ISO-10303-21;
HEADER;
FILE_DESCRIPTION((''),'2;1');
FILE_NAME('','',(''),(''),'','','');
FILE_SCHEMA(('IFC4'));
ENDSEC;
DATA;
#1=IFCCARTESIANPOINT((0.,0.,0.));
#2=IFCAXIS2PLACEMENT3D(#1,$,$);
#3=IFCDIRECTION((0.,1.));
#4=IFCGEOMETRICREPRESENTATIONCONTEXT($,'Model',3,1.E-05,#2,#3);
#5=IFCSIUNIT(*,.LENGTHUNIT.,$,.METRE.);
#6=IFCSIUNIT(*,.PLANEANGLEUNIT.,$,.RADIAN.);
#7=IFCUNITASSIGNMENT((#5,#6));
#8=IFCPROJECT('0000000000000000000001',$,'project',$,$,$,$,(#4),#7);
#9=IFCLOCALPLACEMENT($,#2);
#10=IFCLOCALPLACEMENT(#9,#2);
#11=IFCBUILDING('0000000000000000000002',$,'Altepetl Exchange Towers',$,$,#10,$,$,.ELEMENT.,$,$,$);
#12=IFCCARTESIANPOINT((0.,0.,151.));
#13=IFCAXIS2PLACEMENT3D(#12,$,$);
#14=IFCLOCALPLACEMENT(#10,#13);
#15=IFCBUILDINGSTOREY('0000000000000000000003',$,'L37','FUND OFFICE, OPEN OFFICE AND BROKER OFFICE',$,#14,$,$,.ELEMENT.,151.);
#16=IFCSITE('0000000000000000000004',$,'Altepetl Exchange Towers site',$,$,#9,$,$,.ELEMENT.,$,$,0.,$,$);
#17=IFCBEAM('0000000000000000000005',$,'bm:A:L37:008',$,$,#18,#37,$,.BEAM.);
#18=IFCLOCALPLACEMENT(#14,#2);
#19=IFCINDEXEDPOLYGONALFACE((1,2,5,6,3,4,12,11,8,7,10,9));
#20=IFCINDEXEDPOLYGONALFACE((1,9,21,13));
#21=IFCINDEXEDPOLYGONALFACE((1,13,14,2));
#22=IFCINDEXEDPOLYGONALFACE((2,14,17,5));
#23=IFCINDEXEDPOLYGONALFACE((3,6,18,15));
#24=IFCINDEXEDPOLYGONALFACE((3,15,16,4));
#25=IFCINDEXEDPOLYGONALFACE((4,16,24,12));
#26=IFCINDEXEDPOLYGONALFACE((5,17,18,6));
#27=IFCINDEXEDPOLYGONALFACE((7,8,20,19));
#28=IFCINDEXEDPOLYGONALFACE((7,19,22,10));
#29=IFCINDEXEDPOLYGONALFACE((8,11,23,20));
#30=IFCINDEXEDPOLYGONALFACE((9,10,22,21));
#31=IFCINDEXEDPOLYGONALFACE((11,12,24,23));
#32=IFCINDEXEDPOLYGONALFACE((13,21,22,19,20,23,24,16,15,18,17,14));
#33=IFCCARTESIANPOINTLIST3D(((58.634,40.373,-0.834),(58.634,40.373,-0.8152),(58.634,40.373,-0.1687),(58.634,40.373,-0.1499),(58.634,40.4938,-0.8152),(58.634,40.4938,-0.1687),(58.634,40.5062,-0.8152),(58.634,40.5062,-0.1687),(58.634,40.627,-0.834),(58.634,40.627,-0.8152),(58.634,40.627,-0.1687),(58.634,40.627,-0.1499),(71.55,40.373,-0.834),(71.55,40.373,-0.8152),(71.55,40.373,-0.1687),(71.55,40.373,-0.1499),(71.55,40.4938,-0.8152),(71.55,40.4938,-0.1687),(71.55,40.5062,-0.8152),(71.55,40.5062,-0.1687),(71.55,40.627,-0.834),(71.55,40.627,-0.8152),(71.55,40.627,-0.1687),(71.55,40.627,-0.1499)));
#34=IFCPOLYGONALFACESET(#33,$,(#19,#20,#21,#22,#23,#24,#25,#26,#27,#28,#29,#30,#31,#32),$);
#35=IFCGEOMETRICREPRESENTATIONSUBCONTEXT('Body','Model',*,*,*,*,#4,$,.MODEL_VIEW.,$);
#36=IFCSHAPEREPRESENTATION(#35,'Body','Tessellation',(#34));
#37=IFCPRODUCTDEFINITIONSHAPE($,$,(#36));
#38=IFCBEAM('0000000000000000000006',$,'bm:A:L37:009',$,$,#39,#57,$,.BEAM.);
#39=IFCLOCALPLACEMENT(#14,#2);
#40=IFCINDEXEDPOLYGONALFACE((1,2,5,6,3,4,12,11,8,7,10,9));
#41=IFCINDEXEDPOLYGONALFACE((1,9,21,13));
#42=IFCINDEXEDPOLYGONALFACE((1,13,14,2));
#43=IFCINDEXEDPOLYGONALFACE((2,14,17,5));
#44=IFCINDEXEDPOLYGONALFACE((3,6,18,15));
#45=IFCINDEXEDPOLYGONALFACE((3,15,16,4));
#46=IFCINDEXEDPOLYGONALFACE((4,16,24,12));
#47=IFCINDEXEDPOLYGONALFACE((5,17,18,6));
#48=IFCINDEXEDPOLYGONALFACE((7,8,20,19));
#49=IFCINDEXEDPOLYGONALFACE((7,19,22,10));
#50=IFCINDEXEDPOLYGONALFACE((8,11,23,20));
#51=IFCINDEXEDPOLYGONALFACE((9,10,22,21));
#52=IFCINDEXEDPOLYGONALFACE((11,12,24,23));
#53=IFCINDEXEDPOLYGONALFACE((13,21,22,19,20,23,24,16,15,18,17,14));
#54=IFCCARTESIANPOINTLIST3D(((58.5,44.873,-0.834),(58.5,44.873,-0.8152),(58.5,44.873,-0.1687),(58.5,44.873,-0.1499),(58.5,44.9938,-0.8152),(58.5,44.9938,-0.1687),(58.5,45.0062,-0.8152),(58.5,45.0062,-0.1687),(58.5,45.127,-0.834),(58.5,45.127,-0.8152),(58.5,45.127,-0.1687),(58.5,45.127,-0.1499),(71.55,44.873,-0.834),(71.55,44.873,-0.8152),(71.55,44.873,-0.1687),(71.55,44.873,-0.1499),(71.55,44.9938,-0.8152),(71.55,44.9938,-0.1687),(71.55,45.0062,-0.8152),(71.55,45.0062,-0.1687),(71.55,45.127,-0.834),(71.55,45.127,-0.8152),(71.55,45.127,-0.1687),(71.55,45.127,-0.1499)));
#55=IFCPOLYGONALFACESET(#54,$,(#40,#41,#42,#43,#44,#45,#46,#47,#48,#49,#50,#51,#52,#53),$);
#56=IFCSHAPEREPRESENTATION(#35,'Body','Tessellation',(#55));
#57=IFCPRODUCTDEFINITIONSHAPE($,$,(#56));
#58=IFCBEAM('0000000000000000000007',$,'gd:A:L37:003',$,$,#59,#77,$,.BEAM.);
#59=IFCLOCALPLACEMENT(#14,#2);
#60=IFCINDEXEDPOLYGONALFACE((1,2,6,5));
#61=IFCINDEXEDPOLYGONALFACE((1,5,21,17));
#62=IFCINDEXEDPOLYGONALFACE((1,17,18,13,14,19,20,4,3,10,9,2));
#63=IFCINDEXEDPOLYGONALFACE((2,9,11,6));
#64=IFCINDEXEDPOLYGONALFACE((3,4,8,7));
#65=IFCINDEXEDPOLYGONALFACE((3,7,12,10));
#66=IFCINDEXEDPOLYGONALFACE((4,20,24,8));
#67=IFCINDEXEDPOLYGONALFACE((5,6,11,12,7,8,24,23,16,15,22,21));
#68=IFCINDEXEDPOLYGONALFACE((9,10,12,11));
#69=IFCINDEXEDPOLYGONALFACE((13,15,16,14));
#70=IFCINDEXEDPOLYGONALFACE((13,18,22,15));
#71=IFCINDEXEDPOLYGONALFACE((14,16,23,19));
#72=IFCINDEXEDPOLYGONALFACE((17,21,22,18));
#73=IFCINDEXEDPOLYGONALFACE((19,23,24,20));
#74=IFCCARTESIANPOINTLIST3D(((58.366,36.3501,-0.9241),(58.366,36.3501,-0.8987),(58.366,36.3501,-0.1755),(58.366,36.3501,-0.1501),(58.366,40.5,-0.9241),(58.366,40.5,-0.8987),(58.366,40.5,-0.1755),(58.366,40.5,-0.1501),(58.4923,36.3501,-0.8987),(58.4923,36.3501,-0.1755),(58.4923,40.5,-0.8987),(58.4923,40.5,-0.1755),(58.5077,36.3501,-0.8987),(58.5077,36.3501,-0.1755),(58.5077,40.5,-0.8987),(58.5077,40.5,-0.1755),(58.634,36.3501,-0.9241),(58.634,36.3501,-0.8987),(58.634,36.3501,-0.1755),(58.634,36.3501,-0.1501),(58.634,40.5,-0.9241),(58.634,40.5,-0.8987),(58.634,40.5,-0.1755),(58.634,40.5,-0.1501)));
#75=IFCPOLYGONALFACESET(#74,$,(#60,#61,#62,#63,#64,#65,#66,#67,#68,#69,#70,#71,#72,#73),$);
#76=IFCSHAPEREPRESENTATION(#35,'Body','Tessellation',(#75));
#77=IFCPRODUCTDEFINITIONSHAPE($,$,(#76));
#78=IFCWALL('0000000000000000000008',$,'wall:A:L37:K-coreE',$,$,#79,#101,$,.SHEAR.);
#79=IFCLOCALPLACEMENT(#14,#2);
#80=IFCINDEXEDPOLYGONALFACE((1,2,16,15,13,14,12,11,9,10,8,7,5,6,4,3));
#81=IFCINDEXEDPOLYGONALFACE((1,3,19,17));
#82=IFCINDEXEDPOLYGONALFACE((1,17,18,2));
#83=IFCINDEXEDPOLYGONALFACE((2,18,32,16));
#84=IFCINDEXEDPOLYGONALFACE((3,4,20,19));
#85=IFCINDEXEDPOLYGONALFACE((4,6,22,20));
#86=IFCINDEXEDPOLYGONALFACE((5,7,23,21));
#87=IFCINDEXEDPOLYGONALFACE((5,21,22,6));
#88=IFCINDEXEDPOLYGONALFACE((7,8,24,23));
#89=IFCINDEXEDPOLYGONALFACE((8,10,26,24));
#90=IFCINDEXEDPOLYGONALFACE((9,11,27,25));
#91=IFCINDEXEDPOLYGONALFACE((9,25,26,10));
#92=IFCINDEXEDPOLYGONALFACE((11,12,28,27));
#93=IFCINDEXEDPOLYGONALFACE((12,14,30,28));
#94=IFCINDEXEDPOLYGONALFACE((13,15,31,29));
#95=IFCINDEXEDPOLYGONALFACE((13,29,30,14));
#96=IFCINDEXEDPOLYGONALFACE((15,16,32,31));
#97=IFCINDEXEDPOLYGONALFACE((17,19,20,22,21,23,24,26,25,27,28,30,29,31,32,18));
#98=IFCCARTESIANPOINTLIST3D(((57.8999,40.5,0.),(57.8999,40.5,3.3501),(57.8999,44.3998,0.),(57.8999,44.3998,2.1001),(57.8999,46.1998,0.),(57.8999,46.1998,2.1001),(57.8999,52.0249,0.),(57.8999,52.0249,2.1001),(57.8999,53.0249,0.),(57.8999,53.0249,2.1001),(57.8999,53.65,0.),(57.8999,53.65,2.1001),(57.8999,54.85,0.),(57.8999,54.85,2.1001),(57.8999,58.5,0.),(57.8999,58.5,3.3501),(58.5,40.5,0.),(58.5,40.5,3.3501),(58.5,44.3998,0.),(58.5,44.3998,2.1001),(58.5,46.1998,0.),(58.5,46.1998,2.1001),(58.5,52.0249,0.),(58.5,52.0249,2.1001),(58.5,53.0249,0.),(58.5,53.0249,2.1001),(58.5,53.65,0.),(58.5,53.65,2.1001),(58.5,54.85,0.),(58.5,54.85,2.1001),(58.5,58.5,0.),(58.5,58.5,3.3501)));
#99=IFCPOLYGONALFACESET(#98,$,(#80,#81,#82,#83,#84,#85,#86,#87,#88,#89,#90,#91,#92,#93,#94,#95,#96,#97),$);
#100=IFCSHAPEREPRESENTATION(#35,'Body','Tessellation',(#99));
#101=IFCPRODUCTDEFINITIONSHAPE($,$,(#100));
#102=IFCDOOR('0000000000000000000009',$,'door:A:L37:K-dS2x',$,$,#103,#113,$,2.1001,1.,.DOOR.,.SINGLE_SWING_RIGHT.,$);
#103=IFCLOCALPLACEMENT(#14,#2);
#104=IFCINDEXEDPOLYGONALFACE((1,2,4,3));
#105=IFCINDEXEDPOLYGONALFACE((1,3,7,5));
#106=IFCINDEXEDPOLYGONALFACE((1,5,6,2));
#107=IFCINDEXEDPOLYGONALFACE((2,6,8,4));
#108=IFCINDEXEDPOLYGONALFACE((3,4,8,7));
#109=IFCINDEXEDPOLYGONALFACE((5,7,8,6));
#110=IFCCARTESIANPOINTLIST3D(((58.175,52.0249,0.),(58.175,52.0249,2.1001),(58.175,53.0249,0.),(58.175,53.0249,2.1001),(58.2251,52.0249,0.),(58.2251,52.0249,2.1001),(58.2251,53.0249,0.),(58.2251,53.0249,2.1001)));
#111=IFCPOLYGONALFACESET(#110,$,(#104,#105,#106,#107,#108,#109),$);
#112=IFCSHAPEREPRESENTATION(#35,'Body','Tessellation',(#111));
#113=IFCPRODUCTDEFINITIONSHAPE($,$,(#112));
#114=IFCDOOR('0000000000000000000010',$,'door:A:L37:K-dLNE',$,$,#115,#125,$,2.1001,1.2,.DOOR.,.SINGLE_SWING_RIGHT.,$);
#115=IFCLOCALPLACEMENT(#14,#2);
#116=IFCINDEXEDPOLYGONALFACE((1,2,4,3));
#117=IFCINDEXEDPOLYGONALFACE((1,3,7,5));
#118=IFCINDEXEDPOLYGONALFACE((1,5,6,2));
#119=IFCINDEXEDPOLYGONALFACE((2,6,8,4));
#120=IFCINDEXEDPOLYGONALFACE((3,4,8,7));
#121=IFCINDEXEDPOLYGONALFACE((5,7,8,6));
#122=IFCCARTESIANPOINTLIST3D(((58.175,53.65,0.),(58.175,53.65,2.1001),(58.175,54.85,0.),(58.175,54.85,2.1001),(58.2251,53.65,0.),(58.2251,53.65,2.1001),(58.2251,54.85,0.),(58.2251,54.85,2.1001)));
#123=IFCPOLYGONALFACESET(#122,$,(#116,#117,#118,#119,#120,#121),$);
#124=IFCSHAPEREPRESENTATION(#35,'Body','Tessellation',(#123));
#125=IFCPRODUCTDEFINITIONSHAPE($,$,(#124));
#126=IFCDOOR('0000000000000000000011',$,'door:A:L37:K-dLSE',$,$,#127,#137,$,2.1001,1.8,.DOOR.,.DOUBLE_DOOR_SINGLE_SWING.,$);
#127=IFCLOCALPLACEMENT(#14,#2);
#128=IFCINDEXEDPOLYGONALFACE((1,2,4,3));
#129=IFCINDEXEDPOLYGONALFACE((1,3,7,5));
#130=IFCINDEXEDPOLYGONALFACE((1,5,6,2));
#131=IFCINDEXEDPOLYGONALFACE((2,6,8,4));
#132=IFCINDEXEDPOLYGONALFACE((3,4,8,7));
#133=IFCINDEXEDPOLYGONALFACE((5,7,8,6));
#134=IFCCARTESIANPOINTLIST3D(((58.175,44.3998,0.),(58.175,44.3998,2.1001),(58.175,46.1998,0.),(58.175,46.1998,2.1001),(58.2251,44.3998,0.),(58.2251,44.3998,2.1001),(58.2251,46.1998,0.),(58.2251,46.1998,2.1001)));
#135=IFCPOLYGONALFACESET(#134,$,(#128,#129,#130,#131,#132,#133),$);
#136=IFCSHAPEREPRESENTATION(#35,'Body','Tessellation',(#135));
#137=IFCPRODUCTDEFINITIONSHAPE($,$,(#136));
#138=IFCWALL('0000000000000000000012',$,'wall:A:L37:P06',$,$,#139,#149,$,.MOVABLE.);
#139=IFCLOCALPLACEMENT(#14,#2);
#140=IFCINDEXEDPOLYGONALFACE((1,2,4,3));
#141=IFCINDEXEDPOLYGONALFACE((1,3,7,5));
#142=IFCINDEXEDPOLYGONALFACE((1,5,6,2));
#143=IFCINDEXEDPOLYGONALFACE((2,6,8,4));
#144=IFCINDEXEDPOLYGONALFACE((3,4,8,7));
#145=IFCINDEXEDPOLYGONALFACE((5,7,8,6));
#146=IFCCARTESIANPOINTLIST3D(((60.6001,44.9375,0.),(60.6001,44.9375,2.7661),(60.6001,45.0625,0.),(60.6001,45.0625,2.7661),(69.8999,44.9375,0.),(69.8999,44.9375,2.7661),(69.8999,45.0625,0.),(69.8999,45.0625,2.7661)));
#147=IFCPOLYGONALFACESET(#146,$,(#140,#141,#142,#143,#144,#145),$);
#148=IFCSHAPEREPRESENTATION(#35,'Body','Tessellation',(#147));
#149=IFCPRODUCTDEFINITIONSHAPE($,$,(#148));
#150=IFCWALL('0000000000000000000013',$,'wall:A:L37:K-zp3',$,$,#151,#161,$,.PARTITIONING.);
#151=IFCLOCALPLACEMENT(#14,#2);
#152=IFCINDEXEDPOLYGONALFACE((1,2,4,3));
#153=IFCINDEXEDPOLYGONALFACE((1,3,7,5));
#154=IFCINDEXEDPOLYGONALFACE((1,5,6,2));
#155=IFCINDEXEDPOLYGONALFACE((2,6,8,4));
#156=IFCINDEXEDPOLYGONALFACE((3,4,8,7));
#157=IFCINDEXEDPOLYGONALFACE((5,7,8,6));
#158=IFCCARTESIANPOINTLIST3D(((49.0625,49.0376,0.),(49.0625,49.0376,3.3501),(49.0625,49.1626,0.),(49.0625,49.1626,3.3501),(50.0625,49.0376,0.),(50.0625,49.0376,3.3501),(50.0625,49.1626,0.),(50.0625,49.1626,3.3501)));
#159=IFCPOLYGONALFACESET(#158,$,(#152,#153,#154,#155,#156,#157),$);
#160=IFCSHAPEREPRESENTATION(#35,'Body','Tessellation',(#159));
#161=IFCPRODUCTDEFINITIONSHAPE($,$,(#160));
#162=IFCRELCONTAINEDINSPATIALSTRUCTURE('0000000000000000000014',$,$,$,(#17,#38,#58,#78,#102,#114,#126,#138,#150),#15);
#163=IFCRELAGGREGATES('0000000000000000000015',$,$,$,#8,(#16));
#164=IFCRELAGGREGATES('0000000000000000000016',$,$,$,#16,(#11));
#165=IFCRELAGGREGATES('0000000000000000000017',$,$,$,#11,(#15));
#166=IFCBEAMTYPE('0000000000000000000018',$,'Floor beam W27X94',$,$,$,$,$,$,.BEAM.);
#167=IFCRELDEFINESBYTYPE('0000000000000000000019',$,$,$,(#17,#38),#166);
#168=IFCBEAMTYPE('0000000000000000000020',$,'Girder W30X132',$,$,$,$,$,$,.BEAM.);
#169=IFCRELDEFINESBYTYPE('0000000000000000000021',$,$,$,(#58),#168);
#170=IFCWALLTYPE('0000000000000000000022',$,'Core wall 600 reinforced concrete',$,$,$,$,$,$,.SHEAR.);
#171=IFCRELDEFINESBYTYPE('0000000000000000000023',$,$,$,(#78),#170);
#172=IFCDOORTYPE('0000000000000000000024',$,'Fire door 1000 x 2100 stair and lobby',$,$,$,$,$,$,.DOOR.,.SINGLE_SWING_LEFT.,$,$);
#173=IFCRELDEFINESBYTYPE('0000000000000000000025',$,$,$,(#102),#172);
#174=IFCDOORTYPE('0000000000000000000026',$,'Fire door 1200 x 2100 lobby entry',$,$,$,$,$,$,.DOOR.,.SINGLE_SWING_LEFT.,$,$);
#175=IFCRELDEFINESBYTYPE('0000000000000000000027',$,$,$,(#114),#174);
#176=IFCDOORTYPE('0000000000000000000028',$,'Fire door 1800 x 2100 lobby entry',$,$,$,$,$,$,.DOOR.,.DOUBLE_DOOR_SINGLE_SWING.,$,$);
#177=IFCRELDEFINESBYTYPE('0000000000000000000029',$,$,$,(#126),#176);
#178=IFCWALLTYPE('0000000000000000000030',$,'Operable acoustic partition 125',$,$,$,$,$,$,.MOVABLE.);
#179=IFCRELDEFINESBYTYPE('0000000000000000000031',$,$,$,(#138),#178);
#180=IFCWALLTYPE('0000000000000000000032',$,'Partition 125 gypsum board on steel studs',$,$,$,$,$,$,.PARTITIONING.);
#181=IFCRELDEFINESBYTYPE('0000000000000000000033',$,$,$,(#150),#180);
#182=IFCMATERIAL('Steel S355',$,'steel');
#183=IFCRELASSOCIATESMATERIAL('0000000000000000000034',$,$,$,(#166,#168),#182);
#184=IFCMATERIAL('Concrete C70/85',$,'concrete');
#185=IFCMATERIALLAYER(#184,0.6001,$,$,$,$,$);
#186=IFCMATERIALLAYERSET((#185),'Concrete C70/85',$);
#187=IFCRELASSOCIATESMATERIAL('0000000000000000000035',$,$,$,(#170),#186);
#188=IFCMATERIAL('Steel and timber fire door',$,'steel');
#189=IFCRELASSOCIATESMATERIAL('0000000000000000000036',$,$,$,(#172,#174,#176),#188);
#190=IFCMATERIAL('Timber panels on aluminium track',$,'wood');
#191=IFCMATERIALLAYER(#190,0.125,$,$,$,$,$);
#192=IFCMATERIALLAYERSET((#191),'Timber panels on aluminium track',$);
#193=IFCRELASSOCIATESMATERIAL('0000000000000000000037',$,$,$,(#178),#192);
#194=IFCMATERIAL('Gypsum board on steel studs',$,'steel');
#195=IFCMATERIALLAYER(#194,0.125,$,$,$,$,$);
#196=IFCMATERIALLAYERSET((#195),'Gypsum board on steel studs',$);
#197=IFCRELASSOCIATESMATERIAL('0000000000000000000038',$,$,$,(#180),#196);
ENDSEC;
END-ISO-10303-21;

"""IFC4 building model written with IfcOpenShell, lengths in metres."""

from ifc_helpers import new_model, si_unit, direction, frame, frame_2d, origin, origin_2d, place, context, subcontext, project, spatial, rectangle, i_section, extrude, material, layer, layer_set, material_profile, profile_set, type_object, element, fill, save


model = new_model("IFC4")

# Units and contexts
model_context = context("Model", 3, precision=1e-05, world=origin(), true_north=direction((0.0, 1.0)))
body_context = subcontext(model_context, "Body", "Model", "MODEL_VIEW")
ifc_project = project(units=[si_unit("LENGTHUNIT", "METRE"), si_unit("PLANEANGLEUNIT", "RADIAN")], contexts=[model_context])

# Site, building, storey
site_placement = place(None, origin())
site = spatial("IfcSite", under=ifc_project, at=site_placement, Name="Altepetl Exchange Towers site", CompositionType="ELEMENT", RefElevation=0.0)
building_placement = place(site_placement, origin())
building = spatial("IfcBuilding", under=site, at=building_placement, Name="Altepetl Exchange Towers", CompositionType="ELEMENT")
storey_placement = place(building_placement, frame((0.0, 0.0, 151.0)))
storey = spatial("IfcBuildingStorey", under=building, at=storey_placement, Name="L37", Description="FUND OFFICE, OPEN OFFICE AND BROKER OFFICE", CompositionType="ELEMENT", Elevation=151.0)

# Beams
ifc_material_1 = material(Name="Steel S355", Category="steel")
ifc_material_profile_1 = material_profile(ifc_material_1, i_section(OverallWidth=0.2539, OverallDepth=0.6841, WebThickness=0.0125, FlangeThickness=0.0188, at=origin_2d()), Name="W27X94")
ifc_profile_set_1 = profile_set([ifc_material_profile_1], Name="Steel S355")
beam_type_1 = type_object("IfcBeamType", Name="Floor beam W27X94", PredefinedType="BEAM", material=ifc_profile_set_1)
beam_1_placement = place(storey_placement, frame((58.634, 40.5, -0.4919), z_axis=(1.0, 0.0, 0.0), x_axis=(0.0, 1.0, 0.0)))
element("IfcBeam", 1, at=beam_1_placement, inside=storey, type_object=beam_type_1, Name="bm:A:L37:008", PredefinedType="BEAM", context=body_context, shape_type="SweptSolid", body=[
    extrude(i_section(OverallWidth=0.2539, OverallDepth=0.6841, WebThickness=0.0125, FlangeThickness=0.0188, at=origin_2d()), origin(), (0.0, 0.0, 1.0), 12.916),
])
beam_2_placement = place(storey_placement, frame((58.5, 45.0, -0.4919), z_axis=(1.0, 0.0, 0.0), x_axis=(0.0, 1.0, 0.0)))
element("IfcBeam", 2, at=beam_2_placement, inside=storey, type_object=beam_type_1, Name="bm:A:L37:009", PredefinedType="BEAM", context=body_context, shape_type="SweptSolid", body=[
    extrude(i_section(OverallWidth=0.2539, OverallDepth=0.6841, WebThickness=0.0125, FlangeThickness=0.0188, at=origin_2d()), origin(), (0.0, 0.0, 1.0), 13.05),
])
ifc_material_profile_2 = material_profile(ifc_material_1, i_section(OverallWidth=0.2681, OverallDepth=0.7739, WebThickness=0.0154, FlangeThickness=0.0254, at=origin_2d()), Name="W30X132")
ifc_profile_set_2 = profile_set([ifc_material_profile_2], Name="Steel S355")
beam_type_2 = type_object("IfcBeamType", Name="Girder W30X132", PredefinedType="BEAM", material=ifc_profile_set_2)
beam_3_placement = place(storey_placement, frame((58.5, 40.5, -0.5371), z_axis=(0.0, -1.0, 0.0), x_axis=(1.0, 0.0, 0.0)))
element("IfcBeam", 3, at=beam_3_placement, inside=storey, type_object=beam_type_2, Name="gd:A:L37:003", PredefinedType="BEAM", context=body_context, shape_type="SweptSolid", body=[
    extrude(i_section(OverallWidth=0.2681, OverallDepth=0.7739, WebThickness=0.0154, FlangeThickness=0.0254, at=origin_2d()), origin(), (0.0, 0.0, 1.0), 4.1499),
])

# Wall, openings, doors
ifc_material_2 = material(Name="Concrete C70/85", Category="concrete")
ifc_layer_1 = layer(ifc_material_2, 0.6001)
ifc_layer_set_1 = layer_set([ifc_layer_1], Name="Concrete C70/85")
wall_type_1 = type_object("IfcWallType", Name="Core wall 600 reinforced concrete", PredefinedType="SHEAR", material=ifc_layer_set_1)
wall_1_placement = place(storey_placement, frame((58.2, 40.5, 0.0), z_axis=(0.0, 0.0, 1.0), x_axis=(0.0, 1.0, 0.0)))
wall_1 = element("IfcWall", 4, at=wall_1_placement, inside=storey, type_object=wall_type_1, Name="wall:A:L37:K-coreE", PredefinedType="SHEAR", context=body_context, shape_type="SweptSolid", body=[
    extrude(rectangle(XDim=18.0, YDim=0.6001, at=frame_2d((9.0, 0.0))), origin(), (0.0, 0.0, 1.0), 3.3501),
])
opening_1_placement = place(wall_1_placement, frame((13.1499, 0.0, 0.0)))
opening_1 = element("IfcOpeningElement", 5, at=opening_1_placement, cuts=wall_1, PredefinedType="OPENING", context=body_context, shape_type="SweptSolid", body=[
    extrude(rectangle(XDim=1.2, YDim=2.1001, at=frame_2d((0.6001, 1.05))), frame((0.0, 0.3101, 0.0), z_axis=(0.0, -1.0, 0.0), x_axis=(1.0, 0.0, 0.0)), (0.0, 0.0, 1.0), 0.6201),
])
opening_2_placement = place(wall_1_placement, frame((3.8999, 0.0, 0.0)))
opening_2 = element("IfcOpeningElement", 6, at=opening_2_placement, cuts=wall_1, PredefinedType="OPENING", context=body_context, shape_type="SweptSolid", body=[
    extrude(rectangle(XDim=1.8, YDim=2.1001, at=frame_2d((0.8999, 1.05))), frame((0.0, 0.3101, 0.0), z_axis=(0.0, -1.0, 0.0), x_axis=(1.0, 0.0, 0.0)), (0.0, 0.0, 1.0), 0.6201),
])
opening_3_placement = place(wall_1_placement, frame((11.5249, 0.0, 0.0)))
opening_3 = element("IfcOpeningElement", 7, at=opening_3_placement, cuts=wall_1, PredefinedType="OPENING", context=body_context, shape_type="SweptSolid", body=[
    extrude(rectangle(XDim=1.0, YDim=2.1001, at=frame_2d((0.5, 1.05))), frame((0.0, 0.3101, 0.0), z_axis=(0.0, -1.0, 0.0), x_axis=(1.0, 0.0, 0.0)), (0.0, 0.0, 1.0), 0.6201),
])
ifc_material_3 = material(Name="Steel and timber fire door", Category="steel")
door_type_1 = type_object("IfcDoorType", Name="Fire door 1000 x 2100 stair and lobby", OperationType="SINGLE_SWING_LEFT", PredefinedType="DOOR", material=ifc_material_3)
door_1_placement = place(opening_3_placement, origin())
door_1 = element("IfcDoor", 8, at=door_1_placement, inside=storey, type_object=door_type_1, Name="door:A:L37:K-dS2x", OperationType="SINGLE_SWING_RIGHT", OverallHeight=2.1001, OverallWidth=1.0, PredefinedType="DOOR", context=body_context, shape_type="SweptSolid", body=[
    extrude(rectangle(XDim=1.0, YDim=2.1001, at=frame_2d((0.5, 1.05))), frame((0.0, 0.0249, 0.0), z_axis=(0.0, -1.0, 0.0), x_axis=(1.0, 0.0, 0.0)), (0.0, 0.0, 1.0), 0.05),
])
fill(opening_3, door_1)
door_type_2 = type_object("IfcDoorType", Name="Fire door 1200 x 2100 lobby entry", OperationType="SINGLE_SWING_LEFT", PredefinedType="DOOR", material=ifc_material_3)
door_2_placement = place(opening_1_placement, origin())
door_2 = element("IfcDoor", 9, at=door_2_placement, inside=storey, type_object=door_type_2, Name="door:A:L37:K-dLNE", OperationType="SINGLE_SWING_RIGHT", OverallHeight=2.1001, OverallWidth=1.2, PredefinedType="DOOR", context=body_context, shape_type="SweptSolid", body=[
    extrude(rectangle(XDim=1.2, YDim=2.1001, at=frame_2d((0.6001, 1.05))), frame((0.0, 0.0249, 0.0), z_axis=(0.0, -1.0, 0.0), x_axis=(1.0, 0.0, 0.0)), (0.0, 0.0, 1.0), 0.05),
])
fill(opening_1, door_2)
door_type_3 = type_object("IfcDoorType", Name="Fire door 1800 x 2100 lobby entry", OperationType="DOUBLE_DOOR_SINGLE_SWING", PredefinedType="DOOR", material=ifc_material_3)
door_3_placement = place(opening_2_placement, origin())
door_3 = element("IfcDoor", 10, at=door_3_placement, inside=storey, type_object=door_type_3, Name="door:A:L37:K-dLSE", OperationType="DOUBLE_DOOR_SINGLE_SWING", OverallHeight=2.1001, OverallWidth=1.8, PredefinedType="DOOR", context=body_context, shape_type="SweptSolid", body=[
    extrude(rectangle(XDim=1.8, YDim=2.1001, at=frame_2d((0.8999, 1.05))), frame((0.0, 0.0249, 0.0), z_axis=(0.0, -1.0, 0.0), x_axis=(1.0, 0.0, 0.0)), (0.0, 0.0, 1.0), 0.05),
])
fill(opening_2, door_3)

# Walls
ifc_material_4 = material(Name="Timber panels on aluminium track", Category="wood")
ifc_layer_2 = layer(ifc_material_4, 0.125)
ifc_layer_set_2 = layer_set([ifc_layer_2], Name="Timber panels on aluminium track")
wall_type_2 = type_object("IfcWallType", Name="Operable acoustic partition 125", PredefinedType="MOVABLE", material=ifc_layer_set_2)
wall_2_placement = place(storey_placement, frame((60.6001, 45.0, 0.0)))
element("IfcWall", 11, at=wall_2_placement, inside=storey, type_object=wall_type_2, Name="wall:A:L37:P06", PredefinedType="MOVABLE", context=body_context, shape_type="SweptSolid", body=[
    extrude(rectangle(XDim=9.2998, YDim=0.125, at=frame_2d((4.6499, 0.0))), origin(), (0.0, 0.0, 1.0), 2.7661),
])
ifc_material_5 = material(Name="Gypsum board on steel studs", Category="steel")
ifc_layer_3 = layer(ifc_material_5, 0.125)
ifc_layer_set_3 = layer_set([ifc_layer_3], Name="Gypsum board on steel studs")
wall_type_3 = type_object("IfcWallType", Name="Partition 125 gypsum board on steel studs", PredefinedType="PARTITIONING", material=ifc_layer_set_3)
wall_3_placement = place(storey_placement, frame((50.0625, 49.1001, 0.0), z_axis=(0.0, 0.0, 1.0), x_axis=(-1.0, 0.0, 0.0)))
element("IfcWall", 12, at=wall_3_placement, inside=storey, type_object=wall_type_3, Name="wall:A:L37:K-zp3", PredefinedType="PARTITIONING", context=body_context, shape_type="SweptSolid", body=[
    extrude(rectangle(XDim=1.0, YDim=0.125, at=frame_2d((0.5, 0.0))), origin(), (0.0, 0.0, 1.0), 3.3501),
])

save(model, "model.ifc")
